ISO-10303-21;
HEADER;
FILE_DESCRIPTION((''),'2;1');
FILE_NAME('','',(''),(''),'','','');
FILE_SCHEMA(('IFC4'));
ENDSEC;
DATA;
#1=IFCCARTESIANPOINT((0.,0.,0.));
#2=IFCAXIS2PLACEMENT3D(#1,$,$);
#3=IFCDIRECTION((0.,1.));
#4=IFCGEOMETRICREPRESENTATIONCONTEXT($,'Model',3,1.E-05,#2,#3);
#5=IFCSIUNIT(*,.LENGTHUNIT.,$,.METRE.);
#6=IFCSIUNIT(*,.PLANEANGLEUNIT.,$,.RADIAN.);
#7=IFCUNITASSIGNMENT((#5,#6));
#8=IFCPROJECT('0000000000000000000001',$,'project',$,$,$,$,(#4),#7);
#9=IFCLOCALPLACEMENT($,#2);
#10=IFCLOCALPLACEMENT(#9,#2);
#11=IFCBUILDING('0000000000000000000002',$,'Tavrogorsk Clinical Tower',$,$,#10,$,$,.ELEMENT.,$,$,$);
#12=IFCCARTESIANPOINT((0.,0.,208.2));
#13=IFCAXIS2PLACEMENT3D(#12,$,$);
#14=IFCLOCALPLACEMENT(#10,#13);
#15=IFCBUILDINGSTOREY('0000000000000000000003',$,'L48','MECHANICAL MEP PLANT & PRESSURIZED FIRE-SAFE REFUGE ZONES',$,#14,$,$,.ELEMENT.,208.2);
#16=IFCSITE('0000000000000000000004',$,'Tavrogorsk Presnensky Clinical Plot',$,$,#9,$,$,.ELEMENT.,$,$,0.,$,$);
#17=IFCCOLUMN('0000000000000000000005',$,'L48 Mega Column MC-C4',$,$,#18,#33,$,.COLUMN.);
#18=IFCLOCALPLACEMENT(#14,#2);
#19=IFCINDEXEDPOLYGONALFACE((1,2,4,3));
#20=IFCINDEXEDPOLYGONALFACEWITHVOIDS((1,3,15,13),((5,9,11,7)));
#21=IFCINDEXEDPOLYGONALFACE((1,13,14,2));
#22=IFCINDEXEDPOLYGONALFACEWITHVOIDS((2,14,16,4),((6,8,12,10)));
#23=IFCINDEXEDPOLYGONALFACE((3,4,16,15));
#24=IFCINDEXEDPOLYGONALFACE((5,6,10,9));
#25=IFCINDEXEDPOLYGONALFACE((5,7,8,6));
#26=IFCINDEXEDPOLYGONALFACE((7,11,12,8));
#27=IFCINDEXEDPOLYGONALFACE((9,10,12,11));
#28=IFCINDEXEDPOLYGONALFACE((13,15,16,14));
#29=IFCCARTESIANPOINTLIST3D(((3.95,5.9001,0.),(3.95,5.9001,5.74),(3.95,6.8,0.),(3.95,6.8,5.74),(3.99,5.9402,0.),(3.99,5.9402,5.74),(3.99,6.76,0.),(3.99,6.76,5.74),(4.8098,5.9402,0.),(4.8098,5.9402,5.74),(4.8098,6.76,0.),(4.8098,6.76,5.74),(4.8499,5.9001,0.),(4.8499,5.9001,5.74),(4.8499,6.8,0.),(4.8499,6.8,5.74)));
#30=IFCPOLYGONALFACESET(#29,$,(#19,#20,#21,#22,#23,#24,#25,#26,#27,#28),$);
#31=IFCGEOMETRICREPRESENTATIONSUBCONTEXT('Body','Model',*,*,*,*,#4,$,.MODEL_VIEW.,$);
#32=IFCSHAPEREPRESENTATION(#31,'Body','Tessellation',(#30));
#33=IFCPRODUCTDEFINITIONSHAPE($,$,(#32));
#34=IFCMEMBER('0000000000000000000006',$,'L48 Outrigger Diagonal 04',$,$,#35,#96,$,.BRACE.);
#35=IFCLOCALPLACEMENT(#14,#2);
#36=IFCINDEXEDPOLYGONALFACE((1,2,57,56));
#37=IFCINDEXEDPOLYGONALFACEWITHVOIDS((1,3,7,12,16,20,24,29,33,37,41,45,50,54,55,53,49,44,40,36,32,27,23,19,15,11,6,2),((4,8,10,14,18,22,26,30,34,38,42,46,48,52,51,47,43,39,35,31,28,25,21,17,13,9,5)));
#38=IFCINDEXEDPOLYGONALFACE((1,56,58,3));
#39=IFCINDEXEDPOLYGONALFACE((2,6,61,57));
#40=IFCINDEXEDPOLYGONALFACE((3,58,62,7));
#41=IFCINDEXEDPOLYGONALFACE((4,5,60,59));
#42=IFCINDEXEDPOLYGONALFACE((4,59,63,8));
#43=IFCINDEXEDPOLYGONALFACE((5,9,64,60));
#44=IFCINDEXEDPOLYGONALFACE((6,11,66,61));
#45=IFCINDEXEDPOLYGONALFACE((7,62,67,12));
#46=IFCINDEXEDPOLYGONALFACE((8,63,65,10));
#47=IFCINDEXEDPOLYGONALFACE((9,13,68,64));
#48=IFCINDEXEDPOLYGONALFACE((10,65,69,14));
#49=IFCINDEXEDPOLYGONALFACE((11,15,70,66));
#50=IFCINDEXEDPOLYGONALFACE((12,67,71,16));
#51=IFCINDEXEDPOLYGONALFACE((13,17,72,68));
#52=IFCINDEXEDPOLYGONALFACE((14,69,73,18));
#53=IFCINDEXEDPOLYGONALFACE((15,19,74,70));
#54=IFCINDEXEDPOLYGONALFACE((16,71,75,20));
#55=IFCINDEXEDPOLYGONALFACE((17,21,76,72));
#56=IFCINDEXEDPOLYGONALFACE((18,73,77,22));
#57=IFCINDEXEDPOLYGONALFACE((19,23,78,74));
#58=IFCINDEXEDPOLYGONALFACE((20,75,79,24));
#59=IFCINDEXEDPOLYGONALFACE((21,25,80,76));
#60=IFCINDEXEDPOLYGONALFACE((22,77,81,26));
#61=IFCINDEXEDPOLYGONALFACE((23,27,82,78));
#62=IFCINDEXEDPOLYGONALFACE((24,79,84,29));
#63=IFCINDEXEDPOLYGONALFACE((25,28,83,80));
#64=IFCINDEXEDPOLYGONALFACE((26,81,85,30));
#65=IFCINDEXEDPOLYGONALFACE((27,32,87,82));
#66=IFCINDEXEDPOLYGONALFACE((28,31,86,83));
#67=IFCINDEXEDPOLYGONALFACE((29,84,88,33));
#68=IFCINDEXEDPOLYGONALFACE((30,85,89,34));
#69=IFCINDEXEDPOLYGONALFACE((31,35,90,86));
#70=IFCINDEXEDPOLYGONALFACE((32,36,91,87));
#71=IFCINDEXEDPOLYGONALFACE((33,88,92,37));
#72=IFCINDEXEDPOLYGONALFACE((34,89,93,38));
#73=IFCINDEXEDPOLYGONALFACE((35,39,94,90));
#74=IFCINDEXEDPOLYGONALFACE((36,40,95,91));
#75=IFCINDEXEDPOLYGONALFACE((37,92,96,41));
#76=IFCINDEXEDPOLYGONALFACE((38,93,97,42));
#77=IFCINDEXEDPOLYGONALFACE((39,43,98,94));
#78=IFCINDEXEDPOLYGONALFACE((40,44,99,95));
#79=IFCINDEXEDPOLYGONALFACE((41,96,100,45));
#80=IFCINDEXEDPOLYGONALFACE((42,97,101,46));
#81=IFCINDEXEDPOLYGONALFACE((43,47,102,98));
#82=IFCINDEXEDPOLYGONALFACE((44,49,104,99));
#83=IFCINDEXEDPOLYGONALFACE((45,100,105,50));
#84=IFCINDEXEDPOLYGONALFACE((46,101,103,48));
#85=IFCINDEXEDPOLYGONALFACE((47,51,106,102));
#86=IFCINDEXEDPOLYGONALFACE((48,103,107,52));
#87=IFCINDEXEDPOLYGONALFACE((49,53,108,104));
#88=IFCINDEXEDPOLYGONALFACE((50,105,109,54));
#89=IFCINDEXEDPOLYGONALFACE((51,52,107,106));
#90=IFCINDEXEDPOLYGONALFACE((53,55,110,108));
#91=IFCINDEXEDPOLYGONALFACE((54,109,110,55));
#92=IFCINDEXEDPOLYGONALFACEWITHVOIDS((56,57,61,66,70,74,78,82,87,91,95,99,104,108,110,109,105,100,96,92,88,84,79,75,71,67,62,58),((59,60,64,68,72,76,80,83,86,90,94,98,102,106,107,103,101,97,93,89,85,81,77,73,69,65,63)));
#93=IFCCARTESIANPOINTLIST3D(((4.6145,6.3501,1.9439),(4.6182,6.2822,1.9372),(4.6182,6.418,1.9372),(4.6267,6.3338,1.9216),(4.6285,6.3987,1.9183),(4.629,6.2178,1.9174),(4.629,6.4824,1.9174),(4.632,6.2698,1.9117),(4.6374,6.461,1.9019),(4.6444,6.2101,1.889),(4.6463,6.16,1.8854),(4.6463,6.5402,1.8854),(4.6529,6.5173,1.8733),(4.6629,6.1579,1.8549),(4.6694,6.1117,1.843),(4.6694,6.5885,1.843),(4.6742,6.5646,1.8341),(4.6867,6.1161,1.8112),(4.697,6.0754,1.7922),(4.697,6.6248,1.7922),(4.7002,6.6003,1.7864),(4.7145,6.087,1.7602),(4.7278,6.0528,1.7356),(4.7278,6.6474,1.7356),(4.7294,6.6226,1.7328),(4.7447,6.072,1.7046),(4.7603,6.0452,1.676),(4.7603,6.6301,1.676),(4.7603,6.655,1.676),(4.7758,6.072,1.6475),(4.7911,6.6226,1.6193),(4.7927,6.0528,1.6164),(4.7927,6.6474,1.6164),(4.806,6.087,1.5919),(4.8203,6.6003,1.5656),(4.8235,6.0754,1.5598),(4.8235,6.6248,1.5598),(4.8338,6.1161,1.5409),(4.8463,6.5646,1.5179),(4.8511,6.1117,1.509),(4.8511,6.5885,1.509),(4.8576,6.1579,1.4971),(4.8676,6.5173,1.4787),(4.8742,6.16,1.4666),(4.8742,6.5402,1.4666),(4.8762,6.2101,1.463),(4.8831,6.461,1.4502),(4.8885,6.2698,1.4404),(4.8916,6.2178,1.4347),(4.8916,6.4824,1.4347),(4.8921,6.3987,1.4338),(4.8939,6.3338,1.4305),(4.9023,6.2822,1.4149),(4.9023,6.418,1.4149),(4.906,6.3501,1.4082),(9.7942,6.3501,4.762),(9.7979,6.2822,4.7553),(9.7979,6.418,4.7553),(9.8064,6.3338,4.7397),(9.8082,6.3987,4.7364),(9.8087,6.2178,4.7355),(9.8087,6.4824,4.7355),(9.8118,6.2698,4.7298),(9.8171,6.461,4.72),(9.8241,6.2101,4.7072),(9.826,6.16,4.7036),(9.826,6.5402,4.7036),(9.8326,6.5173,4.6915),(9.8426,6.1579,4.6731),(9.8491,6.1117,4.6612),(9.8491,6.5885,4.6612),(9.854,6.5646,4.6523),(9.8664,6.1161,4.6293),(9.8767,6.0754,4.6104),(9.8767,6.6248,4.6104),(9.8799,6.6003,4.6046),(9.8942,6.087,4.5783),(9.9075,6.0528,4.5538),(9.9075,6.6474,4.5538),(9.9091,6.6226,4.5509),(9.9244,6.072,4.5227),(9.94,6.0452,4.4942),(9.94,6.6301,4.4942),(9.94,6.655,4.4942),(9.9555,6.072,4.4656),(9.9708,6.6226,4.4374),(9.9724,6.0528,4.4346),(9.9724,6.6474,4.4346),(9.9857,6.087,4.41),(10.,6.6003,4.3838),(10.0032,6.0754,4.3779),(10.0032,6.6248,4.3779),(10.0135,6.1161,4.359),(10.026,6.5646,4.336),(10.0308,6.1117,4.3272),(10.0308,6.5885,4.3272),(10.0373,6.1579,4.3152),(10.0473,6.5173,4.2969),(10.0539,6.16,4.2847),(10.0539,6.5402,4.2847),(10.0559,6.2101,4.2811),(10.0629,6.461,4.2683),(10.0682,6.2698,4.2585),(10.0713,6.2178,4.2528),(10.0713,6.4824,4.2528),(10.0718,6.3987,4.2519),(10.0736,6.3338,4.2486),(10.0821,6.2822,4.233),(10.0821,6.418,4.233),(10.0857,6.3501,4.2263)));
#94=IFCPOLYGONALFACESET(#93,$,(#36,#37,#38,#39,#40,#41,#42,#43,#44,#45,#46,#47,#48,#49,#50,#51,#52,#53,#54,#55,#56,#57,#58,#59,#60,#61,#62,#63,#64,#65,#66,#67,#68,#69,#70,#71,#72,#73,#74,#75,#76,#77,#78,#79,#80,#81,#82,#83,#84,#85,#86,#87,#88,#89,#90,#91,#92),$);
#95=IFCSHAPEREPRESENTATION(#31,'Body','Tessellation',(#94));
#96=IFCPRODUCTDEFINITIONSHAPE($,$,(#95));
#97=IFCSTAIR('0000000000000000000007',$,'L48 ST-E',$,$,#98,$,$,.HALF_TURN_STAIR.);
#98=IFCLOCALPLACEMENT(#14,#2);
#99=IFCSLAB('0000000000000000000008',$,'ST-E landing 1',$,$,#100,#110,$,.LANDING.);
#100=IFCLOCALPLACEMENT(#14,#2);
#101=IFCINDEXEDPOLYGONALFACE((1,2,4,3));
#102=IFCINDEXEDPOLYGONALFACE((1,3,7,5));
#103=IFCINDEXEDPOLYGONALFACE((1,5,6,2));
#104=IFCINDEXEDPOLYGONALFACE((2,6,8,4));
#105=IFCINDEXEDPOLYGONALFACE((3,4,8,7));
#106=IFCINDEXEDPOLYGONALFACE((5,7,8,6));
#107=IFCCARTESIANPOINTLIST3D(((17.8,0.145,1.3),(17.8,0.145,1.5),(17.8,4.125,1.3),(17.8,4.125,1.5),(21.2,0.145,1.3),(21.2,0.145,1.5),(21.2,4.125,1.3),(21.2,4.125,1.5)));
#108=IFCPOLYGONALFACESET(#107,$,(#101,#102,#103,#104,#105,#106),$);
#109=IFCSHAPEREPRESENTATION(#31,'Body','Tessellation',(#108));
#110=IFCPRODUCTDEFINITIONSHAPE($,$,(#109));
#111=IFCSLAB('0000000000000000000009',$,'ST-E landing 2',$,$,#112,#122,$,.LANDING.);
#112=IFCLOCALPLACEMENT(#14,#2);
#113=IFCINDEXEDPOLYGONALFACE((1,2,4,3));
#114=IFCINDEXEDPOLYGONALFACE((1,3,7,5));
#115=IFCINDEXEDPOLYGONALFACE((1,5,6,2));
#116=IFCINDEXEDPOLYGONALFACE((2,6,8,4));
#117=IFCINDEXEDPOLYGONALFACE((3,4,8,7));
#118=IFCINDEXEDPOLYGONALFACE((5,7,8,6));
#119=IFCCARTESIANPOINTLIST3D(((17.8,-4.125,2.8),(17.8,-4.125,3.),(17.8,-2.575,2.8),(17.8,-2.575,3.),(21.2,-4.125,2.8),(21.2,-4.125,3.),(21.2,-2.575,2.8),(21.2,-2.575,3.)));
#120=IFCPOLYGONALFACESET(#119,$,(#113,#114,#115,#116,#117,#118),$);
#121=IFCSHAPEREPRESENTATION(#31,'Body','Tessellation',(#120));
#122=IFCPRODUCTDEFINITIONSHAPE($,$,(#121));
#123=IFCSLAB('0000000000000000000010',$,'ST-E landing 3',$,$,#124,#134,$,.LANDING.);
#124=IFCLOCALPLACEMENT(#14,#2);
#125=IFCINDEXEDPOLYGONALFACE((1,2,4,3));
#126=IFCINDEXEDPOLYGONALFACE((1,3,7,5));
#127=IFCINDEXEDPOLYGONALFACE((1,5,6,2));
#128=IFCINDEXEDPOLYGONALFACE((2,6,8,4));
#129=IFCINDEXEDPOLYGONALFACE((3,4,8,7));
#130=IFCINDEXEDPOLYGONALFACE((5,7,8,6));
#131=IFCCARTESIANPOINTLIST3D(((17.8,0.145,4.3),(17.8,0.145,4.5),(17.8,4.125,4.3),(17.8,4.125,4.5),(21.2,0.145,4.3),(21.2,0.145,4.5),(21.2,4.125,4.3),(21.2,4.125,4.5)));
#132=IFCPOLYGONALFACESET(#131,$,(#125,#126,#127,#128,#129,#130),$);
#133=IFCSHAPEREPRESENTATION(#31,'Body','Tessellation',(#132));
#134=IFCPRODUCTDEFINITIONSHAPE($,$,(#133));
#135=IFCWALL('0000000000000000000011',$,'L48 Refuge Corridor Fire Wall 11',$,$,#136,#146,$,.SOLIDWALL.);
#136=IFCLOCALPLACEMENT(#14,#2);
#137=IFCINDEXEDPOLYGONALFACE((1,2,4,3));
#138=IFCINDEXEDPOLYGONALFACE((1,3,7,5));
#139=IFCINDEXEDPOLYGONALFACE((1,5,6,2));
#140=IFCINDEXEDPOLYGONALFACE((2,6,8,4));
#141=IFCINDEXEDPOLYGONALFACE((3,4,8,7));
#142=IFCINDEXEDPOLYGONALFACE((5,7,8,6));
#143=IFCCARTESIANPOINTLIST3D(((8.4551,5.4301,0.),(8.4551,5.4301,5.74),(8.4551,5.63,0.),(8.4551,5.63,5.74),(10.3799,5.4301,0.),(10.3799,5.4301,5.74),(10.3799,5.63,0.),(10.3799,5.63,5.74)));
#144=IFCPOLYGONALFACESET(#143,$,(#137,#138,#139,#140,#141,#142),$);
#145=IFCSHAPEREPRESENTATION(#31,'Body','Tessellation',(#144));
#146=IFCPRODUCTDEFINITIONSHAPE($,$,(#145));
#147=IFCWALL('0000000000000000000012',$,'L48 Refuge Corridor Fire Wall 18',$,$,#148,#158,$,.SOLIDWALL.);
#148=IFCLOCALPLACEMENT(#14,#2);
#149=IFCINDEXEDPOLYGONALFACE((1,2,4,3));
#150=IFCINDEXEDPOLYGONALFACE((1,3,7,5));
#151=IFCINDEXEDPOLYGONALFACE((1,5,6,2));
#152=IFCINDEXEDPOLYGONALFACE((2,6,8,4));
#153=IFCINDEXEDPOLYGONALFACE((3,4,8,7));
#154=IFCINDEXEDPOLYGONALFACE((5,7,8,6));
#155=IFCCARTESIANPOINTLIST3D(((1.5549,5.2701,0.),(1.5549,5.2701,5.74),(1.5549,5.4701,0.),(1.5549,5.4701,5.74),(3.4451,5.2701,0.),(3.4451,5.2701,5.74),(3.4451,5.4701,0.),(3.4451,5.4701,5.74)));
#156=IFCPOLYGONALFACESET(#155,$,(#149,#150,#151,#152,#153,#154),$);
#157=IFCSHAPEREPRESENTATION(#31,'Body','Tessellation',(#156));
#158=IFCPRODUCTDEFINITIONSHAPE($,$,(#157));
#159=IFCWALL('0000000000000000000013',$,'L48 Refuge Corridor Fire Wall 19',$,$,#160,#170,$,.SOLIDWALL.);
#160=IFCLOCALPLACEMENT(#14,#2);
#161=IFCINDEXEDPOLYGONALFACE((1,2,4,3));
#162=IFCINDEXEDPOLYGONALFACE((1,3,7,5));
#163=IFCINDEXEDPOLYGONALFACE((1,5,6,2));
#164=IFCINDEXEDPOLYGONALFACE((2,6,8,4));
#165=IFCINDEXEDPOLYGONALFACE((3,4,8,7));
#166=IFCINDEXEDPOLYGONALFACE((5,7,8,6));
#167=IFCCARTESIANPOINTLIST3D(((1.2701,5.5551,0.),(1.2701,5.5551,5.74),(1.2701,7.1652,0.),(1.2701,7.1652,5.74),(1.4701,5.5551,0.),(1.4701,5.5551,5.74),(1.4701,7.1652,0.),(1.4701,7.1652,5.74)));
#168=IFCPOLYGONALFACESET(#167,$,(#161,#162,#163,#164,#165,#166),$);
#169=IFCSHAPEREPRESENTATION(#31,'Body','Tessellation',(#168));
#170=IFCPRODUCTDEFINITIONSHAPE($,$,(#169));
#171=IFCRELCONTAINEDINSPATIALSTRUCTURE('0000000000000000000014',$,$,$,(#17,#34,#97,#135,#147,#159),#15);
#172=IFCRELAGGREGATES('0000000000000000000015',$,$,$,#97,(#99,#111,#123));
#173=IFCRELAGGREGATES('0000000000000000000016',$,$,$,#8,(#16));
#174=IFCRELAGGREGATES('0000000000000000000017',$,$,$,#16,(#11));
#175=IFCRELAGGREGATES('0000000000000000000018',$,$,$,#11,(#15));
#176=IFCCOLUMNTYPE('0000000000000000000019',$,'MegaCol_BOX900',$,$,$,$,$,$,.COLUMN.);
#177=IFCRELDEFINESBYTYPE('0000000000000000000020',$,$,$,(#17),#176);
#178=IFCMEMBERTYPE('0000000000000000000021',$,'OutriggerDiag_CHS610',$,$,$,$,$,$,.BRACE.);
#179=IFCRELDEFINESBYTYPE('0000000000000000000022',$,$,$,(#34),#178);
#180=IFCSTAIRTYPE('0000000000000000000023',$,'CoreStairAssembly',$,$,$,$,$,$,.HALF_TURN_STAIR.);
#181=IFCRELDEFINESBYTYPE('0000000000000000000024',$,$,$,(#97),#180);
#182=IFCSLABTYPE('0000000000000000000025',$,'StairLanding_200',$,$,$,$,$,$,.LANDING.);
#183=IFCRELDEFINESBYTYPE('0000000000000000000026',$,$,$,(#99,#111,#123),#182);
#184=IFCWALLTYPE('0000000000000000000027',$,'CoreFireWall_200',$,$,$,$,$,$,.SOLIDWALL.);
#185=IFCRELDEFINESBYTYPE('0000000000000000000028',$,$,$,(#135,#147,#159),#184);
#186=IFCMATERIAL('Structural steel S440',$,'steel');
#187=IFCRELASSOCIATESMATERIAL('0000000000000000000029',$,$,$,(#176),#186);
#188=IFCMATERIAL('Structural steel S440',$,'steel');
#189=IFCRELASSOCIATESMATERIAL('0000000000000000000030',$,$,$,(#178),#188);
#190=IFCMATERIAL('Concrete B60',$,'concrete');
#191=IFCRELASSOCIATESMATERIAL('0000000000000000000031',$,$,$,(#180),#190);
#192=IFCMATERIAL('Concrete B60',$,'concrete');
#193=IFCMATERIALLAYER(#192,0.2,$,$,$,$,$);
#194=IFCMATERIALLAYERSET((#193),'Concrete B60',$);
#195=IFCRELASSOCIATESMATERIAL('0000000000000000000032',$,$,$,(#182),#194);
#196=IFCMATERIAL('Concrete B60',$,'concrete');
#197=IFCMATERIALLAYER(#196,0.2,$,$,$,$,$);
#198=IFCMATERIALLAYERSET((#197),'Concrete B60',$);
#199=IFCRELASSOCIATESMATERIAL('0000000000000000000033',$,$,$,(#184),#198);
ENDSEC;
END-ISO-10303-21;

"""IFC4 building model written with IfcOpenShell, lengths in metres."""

from ifc_helpers import new_model, si_unit, direction, frame, frame_2d, origin, origin_2d, place, context, subcontext, project, spatial, polyline, rectangle, hollow_rectangle, hollow_circle, outline, extrude, material, layer, layer_set, material_profile, profile_set, type_object, element, aggregate, save


model = new_model("IFC4")

# Units and contexts
model_context = context("Model", 3, precision=1e-05, world=origin(), true_north=direction((0.0, 1.0)))
body_context = subcontext(model_context, "Body", "Model", "MODEL_VIEW")
ifc_project = project(units=[si_unit("LENGTHUNIT", "METRE"), si_unit("PLANEANGLEUNIT", "RADIAN")], contexts=[model_context])

# Site, building, storey
site_placement = place(None, origin())
site = spatial("IfcSite", under=ifc_project, at=site_placement, Name="Tavrogorsk Presnensky Clinical Plot", CompositionType="ELEMENT", RefElevation=0.0)
building_placement = place(site_placement, origin())
building = spatial("IfcBuilding", under=site, at=building_placement, Name="Tavrogorsk Clinical Tower", CompositionType="ELEMENT")
storey_placement = place(building_placement, frame((0.0, 0.0, 208.2)))
storey = spatial("IfcBuildingStorey", under=building, at=storey_placement, Name="L48", Description="MECHANICAL MEP PLANT & PRESSURIZED FIRE-SAFE REFUGE ZONES", CompositionType="ELEMENT", Elevation=208.2)

# Column
ifc_material_1 = material(Name="Structural steel S440", Category="steel")
ifc_material_profile_1 = material_profile(ifc_material_1, hollow_rectangle(XDim=0.8999, YDim=0.8999, WallThickness=0.04, at=origin_2d()), Name="BOX-900x900x40")
ifc_profile_set_1 = profile_set([ifc_material_profile_1], Name="Structural steel S440")
column_type = type_object("IfcColumnType", Name="MegaCol_BOX900", PredefinedType="COLUMN", material=ifc_profile_set_1)
column_placement = place(storey_placement, frame((4.3999, 6.3501, 0.0), z_axis=(0.0, 0.0, 1.0), x_axis=(1.0, 0.0, 0.0)))
element("IfcColumn", 1, at=column_placement, inside=storey, type_object=column_type, Name="L48 Mega Column MC-C4", PredefinedType="COLUMN", context=body_context, shape_type="SweptSolid", body=[
    extrude(hollow_rectangle(XDim=0.8999, YDim=0.8999, WallThickness=0.04, at=origin_2d()), origin(), (0.0, 0.0, 1.0), 5.74),
])

# Member
ifc_material_2 = material(Name="Structural steel S440", Category="steel")
ifc_material_profile_2 = material_profile(ifc_material_2, hollow_circle(Radius=0.3049, WallThickness=0.0249, at=origin_2d()), Name="CHS-610x25")
ifc_profile_set_2 = profile_set([ifc_material_profile_2], Name="Structural steel S440")
member_type = type_object("IfcMemberType", Name="OutriggerDiag_CHS610", PredefinedType="BRACE", material=ifc_profile_set_2)
member_placement = place(storey_placement, frame((4.7603, 6.3501, 1.676), z_axis=(0.878406, 0.0, 0.477915), x_axis=(0.0, 1.0, 0.0)))
element("IfcMember", 2, at=member_placement, inside=storey, type_object=member_type, Name="L48 Outrigger Diagonal 04", PredefinedType="BRACE", context=body_context, shape_type="SweptSolid", body=[
    extrude(hollow_circle(Radius=0.3049, WallThickness=0.0249, at=origin_2d()), origin(), (0.0, 0.0, 1.0), 5.8967),
])

# Stair, slabs
ifc_material_3 = material(Name="Concrete B60", Category="concrete")
stair_type = type_object("IfcStairType", Name="CoreStairAssembly", PredefinedType="HALF_TURN_STAIR", material=ifc_material_3)
stair_placement = place(storey_placement, origin())
stair = element("IfcStair", 3, at=stair_placement, inside=storey, type_object=stair_type, Name="L48 ST-E", PredefinedType="HALF_TURN_STAIR")
ifc_material_4 = material(Name="Concrete B60", Category="concrete")
ifc_layer_1 = layer(ifc_material_4, 0.2)
ifc_layer_set_1 = layer_set([ifc_layer_1], Name="Concrete B60")
slab_type = type_object("IfcSlabType", Name="StairLanding_200", PredefinedType="LANDING", material=ifc_layer_set_1)
slab_1_placement = place(storey_placement, frame((0.0, 0.0, 1.3)))
slab_1 = element("IfcSlab", 4, at=slab_1_placement, type_object=slab_type, Name="ST-E landing 1", PredefinedType="LANDING", context=body_context, shape_type="SweptSolid", body=[
    extrude(outline(polyline([(21.2, 0.145), (21.2, 4.125), (17.8, 4.125), (17.8, 0.145), (21.2, 0.145)])), origin(), (0.0, 0.0, 1.0), 0.2),
])
slab_2_placement = place(storey_placement, frame((0.0, 0.0, 2.8)))
slab_2 = element("IfcSlab", 5, at=slab_2_placement, type_object=slab_type, Name="ST-E landing 2", PredefinedType="LANDING", context=body_context, shape_type="SweptSolid", body=[
    extrude(outline(polyline([(21.2, -4.125), (21.2, -2.575), (17.8, -2.575), (17.8, -4.125), (21.2, -4.125)])), origin(), (0.0, 0.0, 1.0), 0.2),
])
slab_3_placement = place(storey_placement, frame((0.0, 0.0, 4.3)))
slab_3 = element("IfcSlab", 6, at=slab_3_placement, type_object=slab_type, Name="ST-E landing 3", PredefinedType="LANDING", context=body_context, shape_type="SweptSolid", body=[
    extrude(outline(polyline([(21.2, 0.145), (21.2, 4.125), (17.8, 4.125), (17.8, 0.145), (21.2, 0.145)])), origin(), (0.0, 0.0, 1.0), 0.2),
])

# Walls
ifc_material_5 = material(Name="Concrete B60", Category="concrete")
ifc_layer_2 = layer(ifc_material_5, 0.2)
ifc_layer_set_2 = layer_set([ifc_layer_2], Name="Concrete B60")
wall_type_1 = type_object("IfcWallType", Name="CoreFireWall_200", PredefinedType="SOLIDWALL", material=ifc_layer_set_2)
wall_1_placement = place(storey_placement, frame((8.4551, 5.53, 0.0), z_axis=(0.0, 0.0, 1.0), x_axis=(1.0, 0.0, 0.0)))
element("IfcWall", 7, at=wall_1_placement, inside=storey, type_object=wall_type_1, Name="L48 Refuge Corridor Fire Wall 11", PredefinedType="SOLIDWALL", context=body_context, shape_type="SweptSolid", body=[
    extrude(rectangle(XDim=1.9248, YDim=0.2, at=frame_2d((0.9624, 0.0))), origin(), (0.0, 0.0, 1.0), 5.74),
])
wall_2_placement = place(storey_placement, frame((3.4451, 5.3701, 0.0), z_axis=(0.0, 0.0, 1.0), x_axis=(-1.0, 0.0, 0.0)))
element("IfcWall", 8, at=wall_2_placement, inside=storey, type_object=wall_type_1, Name="L48 Refuge Corridor Fire Wall 18", PredefinedType="SOLIDWALL", context=body_context, shape_type="SweptSolid", body=[
    extrude(rectangle(XDim=1.8901, YDim=0.2, at=frame_2d((0.9451, 0.0))), origin(), (0.0, 0.0, 1.0), 5.74),
])
wall_3_placement = place(storey_placement, frame((1.3701, 5.5549, 0.0), z_axis=(0.0, 0.0, 1.0), x_axis=(0.0, 1.0, 0.0)))
element("IfcWall", 9, at=wall_3_placement, inside=storey, type_object=wall_type_1, Name="L48 Refuge Corridor Fire Wall 19", PredefinedType="SOLIDWALL", context=body_context, shape_type="SweptSolid", body=[
    extrude(rectangle(XDim=1.6101, YDim=0.2, at=frame_2d((0.8052, 0.0))), origin(), (0.0, 0.0, 1.0), 5.74),
])

aggregate(stair, [slab_1, slab_2, slab_3])

save(model, "model.ifc")
